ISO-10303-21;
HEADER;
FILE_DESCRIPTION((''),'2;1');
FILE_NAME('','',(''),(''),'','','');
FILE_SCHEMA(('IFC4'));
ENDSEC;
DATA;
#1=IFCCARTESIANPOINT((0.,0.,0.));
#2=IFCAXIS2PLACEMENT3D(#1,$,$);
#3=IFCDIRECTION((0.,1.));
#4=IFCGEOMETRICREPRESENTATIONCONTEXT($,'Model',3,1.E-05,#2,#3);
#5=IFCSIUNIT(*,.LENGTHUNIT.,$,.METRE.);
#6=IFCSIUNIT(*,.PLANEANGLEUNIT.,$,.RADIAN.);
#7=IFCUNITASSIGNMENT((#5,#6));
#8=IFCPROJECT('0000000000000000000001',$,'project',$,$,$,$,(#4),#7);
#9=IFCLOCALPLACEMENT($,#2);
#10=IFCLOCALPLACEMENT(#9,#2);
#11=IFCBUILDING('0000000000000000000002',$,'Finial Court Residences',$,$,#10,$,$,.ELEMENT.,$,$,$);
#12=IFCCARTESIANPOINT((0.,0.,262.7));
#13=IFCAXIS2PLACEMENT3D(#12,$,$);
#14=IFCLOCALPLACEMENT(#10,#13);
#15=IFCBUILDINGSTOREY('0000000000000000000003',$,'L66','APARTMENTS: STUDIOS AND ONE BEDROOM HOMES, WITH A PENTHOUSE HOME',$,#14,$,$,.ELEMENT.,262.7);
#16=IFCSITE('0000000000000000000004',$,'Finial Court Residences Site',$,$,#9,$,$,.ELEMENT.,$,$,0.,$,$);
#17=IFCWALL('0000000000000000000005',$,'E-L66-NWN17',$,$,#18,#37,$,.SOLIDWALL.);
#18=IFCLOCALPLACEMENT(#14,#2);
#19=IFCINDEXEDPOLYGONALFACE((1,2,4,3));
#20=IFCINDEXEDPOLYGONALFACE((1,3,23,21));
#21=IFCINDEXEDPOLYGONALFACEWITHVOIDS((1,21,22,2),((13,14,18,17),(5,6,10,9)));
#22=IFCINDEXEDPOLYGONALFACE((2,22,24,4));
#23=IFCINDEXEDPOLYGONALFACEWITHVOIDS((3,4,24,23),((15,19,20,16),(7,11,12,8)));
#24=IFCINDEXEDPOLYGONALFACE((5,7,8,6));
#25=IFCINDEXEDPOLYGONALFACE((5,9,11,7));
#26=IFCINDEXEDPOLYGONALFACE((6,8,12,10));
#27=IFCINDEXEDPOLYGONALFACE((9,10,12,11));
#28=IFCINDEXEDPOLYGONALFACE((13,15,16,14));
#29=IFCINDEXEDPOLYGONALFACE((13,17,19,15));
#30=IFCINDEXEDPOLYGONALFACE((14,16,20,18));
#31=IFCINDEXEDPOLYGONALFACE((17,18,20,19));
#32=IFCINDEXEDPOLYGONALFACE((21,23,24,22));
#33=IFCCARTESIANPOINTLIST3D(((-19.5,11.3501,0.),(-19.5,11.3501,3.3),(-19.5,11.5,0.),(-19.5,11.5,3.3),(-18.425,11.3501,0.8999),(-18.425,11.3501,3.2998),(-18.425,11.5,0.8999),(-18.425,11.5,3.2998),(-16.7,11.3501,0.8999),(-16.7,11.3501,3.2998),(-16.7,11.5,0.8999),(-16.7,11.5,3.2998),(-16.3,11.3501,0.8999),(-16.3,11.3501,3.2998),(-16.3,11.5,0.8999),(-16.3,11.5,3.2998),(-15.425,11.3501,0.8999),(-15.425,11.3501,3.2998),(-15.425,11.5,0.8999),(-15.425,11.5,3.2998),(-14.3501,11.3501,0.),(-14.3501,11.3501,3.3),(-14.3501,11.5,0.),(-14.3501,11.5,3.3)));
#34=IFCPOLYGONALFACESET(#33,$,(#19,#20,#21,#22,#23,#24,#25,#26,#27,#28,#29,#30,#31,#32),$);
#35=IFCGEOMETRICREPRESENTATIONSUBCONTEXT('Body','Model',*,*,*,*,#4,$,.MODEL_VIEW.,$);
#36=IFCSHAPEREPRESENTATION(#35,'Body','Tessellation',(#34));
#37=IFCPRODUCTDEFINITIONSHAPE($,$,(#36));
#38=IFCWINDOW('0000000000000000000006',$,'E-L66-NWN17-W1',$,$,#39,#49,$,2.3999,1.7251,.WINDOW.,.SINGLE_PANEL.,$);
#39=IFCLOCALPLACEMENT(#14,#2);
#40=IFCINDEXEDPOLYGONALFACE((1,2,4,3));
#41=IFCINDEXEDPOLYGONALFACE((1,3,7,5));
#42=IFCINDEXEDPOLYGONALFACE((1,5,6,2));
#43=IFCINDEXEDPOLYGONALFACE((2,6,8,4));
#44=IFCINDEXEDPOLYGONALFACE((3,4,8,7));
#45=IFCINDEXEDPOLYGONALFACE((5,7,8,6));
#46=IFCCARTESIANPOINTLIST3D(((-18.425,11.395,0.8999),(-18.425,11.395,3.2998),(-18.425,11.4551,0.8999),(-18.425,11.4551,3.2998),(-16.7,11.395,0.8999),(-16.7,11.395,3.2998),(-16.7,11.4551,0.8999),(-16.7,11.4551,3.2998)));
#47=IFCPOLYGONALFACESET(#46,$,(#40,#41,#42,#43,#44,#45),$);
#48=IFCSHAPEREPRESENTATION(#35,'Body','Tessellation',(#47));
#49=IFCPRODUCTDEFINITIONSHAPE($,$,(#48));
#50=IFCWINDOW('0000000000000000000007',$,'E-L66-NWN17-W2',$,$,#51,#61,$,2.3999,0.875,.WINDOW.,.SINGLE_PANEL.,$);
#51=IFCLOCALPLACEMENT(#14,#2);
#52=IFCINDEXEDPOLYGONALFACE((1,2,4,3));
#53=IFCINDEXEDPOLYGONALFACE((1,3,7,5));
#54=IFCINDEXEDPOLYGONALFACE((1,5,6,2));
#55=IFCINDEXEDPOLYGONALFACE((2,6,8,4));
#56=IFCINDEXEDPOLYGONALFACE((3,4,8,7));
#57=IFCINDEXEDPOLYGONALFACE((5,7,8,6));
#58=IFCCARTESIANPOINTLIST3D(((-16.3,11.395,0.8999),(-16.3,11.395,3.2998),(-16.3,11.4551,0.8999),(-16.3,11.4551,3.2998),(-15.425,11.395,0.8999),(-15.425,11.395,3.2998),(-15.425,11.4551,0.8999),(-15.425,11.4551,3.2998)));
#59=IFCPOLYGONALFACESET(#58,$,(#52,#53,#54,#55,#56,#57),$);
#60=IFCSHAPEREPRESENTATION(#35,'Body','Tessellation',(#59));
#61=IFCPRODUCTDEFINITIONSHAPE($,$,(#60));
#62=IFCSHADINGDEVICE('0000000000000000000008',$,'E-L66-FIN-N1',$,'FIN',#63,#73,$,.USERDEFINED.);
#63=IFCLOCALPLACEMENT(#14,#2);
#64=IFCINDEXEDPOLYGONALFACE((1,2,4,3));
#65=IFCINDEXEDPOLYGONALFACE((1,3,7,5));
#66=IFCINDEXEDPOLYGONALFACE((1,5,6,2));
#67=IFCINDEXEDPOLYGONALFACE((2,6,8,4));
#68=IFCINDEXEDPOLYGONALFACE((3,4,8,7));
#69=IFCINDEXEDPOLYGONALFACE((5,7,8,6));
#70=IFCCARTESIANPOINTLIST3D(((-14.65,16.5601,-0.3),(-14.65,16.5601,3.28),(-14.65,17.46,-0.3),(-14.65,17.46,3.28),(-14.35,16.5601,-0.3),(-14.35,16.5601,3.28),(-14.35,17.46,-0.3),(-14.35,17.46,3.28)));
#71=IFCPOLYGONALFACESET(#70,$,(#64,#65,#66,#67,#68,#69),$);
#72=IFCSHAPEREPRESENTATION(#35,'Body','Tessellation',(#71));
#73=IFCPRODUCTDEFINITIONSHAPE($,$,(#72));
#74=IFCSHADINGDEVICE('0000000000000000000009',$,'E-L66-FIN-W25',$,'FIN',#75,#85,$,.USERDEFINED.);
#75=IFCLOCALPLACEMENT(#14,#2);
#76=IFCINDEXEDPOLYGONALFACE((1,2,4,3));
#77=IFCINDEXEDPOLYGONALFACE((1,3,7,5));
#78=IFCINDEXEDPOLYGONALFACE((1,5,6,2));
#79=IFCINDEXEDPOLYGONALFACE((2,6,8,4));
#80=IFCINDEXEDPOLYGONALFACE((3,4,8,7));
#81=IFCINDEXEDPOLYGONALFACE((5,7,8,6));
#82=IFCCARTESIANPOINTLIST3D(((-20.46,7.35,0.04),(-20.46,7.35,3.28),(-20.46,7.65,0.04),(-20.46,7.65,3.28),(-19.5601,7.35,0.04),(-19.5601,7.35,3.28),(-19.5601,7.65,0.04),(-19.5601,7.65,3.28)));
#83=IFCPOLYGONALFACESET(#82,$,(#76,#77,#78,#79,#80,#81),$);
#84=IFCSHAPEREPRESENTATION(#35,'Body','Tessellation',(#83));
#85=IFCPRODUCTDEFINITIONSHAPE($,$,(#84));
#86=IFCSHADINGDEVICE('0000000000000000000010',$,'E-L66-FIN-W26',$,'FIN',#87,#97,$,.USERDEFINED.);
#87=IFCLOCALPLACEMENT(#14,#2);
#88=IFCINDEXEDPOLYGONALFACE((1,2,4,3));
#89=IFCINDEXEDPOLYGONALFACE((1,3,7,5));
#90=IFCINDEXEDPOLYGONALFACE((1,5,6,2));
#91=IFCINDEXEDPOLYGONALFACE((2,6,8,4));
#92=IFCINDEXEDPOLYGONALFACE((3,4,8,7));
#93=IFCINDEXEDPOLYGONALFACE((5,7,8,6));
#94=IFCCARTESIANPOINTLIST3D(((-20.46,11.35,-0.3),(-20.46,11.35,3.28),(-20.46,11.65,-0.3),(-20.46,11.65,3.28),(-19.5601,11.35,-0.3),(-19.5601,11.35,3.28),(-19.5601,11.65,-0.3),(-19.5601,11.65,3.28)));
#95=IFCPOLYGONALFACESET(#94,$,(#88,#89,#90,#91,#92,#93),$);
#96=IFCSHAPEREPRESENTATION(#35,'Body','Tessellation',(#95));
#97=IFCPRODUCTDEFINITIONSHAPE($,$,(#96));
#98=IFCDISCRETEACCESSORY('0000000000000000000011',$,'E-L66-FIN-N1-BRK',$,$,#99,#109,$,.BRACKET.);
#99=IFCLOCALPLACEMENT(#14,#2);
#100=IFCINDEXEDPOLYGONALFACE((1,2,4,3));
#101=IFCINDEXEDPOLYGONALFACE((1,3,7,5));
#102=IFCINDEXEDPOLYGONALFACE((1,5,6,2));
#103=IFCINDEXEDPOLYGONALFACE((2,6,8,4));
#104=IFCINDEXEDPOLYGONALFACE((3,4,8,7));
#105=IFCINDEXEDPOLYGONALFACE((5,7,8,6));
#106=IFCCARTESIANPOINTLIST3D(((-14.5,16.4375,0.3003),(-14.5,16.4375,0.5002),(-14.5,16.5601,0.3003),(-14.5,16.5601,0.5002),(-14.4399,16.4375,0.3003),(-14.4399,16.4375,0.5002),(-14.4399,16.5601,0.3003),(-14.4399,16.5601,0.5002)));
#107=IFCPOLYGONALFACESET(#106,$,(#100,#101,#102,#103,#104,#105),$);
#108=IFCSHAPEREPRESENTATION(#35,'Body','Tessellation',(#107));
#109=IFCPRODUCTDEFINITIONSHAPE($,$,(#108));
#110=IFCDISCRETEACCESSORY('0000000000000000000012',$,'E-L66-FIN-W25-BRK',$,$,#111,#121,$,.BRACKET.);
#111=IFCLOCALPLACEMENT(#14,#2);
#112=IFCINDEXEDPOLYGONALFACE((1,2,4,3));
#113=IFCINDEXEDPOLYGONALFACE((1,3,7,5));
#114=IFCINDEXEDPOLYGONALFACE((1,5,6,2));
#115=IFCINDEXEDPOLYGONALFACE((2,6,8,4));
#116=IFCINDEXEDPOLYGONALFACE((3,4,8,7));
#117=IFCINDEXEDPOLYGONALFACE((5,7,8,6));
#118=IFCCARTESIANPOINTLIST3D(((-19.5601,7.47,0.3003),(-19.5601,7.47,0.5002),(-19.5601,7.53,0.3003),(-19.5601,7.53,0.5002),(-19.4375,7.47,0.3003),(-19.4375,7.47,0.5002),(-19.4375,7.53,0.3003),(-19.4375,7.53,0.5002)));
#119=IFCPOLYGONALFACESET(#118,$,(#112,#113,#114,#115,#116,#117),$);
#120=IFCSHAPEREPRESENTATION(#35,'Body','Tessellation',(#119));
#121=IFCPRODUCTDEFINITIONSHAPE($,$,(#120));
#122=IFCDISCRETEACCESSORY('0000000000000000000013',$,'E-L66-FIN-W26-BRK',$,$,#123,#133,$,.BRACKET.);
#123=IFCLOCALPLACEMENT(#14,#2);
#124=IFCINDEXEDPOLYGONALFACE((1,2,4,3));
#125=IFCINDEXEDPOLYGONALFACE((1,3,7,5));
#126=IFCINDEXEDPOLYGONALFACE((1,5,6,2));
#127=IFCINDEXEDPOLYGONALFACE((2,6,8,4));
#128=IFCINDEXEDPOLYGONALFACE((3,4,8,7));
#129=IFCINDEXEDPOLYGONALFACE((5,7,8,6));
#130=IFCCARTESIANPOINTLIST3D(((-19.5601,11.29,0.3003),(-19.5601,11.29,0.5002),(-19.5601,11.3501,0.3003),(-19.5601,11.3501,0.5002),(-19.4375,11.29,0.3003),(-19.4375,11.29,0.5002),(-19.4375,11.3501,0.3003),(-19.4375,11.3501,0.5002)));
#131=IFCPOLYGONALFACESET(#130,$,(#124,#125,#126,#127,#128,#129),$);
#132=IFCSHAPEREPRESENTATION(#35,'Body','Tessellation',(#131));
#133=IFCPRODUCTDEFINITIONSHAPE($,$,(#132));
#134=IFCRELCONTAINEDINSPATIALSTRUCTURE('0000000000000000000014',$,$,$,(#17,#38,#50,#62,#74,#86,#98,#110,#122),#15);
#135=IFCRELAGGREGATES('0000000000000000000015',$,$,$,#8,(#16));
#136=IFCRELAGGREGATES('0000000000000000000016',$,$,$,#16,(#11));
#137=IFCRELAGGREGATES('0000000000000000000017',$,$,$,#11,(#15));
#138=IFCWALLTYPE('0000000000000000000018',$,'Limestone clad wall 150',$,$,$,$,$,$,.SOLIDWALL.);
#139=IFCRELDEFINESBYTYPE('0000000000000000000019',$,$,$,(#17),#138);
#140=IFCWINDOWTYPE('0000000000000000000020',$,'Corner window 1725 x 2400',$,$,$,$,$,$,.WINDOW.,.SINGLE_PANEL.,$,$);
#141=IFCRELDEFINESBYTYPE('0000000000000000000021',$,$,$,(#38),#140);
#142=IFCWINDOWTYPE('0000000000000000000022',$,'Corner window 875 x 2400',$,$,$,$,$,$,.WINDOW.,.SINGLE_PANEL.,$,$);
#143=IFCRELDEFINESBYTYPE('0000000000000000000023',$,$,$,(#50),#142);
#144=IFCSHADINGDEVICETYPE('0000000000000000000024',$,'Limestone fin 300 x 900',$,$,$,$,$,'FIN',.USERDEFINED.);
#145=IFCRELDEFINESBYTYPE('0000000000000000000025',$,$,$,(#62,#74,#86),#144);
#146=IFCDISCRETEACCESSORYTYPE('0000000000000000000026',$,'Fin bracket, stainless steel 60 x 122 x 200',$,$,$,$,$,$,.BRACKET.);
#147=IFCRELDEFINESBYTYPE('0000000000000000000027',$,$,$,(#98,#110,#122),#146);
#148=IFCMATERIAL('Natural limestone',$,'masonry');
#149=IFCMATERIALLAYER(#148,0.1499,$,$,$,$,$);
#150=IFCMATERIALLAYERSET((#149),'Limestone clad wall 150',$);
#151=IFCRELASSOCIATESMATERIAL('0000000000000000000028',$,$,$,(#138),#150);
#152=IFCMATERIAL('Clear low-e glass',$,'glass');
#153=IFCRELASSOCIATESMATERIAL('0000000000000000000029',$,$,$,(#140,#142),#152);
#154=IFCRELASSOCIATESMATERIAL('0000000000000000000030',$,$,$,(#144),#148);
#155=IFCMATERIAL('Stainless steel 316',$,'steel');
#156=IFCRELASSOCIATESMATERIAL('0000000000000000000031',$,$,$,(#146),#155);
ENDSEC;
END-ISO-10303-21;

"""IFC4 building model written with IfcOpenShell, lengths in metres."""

from ifc_helpers import new_model, si_unit, direction, frame, frame_2d, origin, origin_2d, place, context, subcontext, project, spatial, rectangle, extrude, material, layer, layer_set, type_object, element, fill, save


model = new_model("IFC4")

# Units and contexts
model_context = context("Model", 3, precision=1e-05, world=origin(), true_north=direction((0.0, 1.0)))
body_context = subcontext(model_context, "Body", "Model", "MODEL_VIEW")
ifc_project = project(units=[si_unit("LENGTHUNIT", "METRE"), si_unit("PLANEANGLEUNIT", "RADIAN")], contexts=[model_context])

# Site, building, storey
site_placement = place(None, origin())
site = spatial("IfcSite", under=ifc_project, at=site_placement, Name="Finial Court Residences Site", CompositionType="ELEMENT", RefElevation=0.0)
building_placement = place(site_placement, origin())
building = spatial("IfcBuilding", under=site, at=building_placement, Name="Finial Court Residences", CompositionType="ELEMENT")
storey_placement = place(building_placement, frame((0.0, 0.0, 262.7)))
storey = spatial("IfcBuildingStorey", under=building, at=storey_placement, Name="L66", Description="APARTMENTS: STUDIOS AND ONE BEDROOM HOMES, WITH A PENTHOUSE HOME", CompositionType="ELEMENT", Elevation=262.7)

# Shared definitions
ifc_material_1 = material(Name="Clear low-e glass", Category="glass")

# Shared definitions
ifc_material_2 = material(Name="Natural limestone", Category="masonry")
ifc_layer_1 = layer(ifc_material_2, 0.1499)
ifc_layer_set_1 = layer_set([ifc_layer_1], Name="Limestone clad wall 150")
wall_type_1 = type_object("IfcWallType", Name="Limestone clad wall 150", PredefinedType="SOLIDWALL", material=ifc_layer_set_1)

# Wall, openings, windows
wall_1_placement = place(storey_placement, frame((-19.5, 11.425, 0.0), z_axis=(0.0, 0.0, 1.0), x_axis=(1.0, 0.0, 0.0)))
wall_1 = element("IfcWall", 1, at=wall_1_placement, inside=storey, type_object=wall_type_1, Name="E-L66-NWN17", PredefinedType="SOLIDWALL", context=body_context, shape_type="SweptSolid", body=[
    extrude(rectangle(XDim=5.1499, YDim=0.1499, at=frame_2d((2.575, 0.0))), origin(), (0.0, 0.0, 1.0), 3.3),
])
opening_1_placement = place(wall_1_placement, frame((1.075, 0.0, 0.8999)))
opening_1 = element("IfcOpeningElement", 2, at=opening_1_placement, cuts=wall_1, PredefinedType="OPENING", context=body_context, shape_type="SweptSolid", body=[
    extrude(rectangle(XDim=1.7251, YDim=2.3999, at=frame_2d((0.8625, 1.2))), frame((0.0, 0.085, 0.0), z_axis=(0.0, -1.0, 0.0), x_axis=(1.0, 0.0, 0.0)), (0.0, 0.0, 1.0), 0.1699),
])
opening_2_placement = place(wall_1_placement, frame((3.2, 0.0, 0.8999)))
opening_2 = element("IfcOpeningElement", 3, at=opening_2_placement, cuts=wall_1, PredefinedType="OPENING", context=body_context, shape_type="SweptSolid", body=[
    extrude(rectangle(XDim=0.875, YDim=2.3999, at=frame_2d((0.4375, 1.2))), frame((0.0, 0.085, 0.0), z_axis=(0.0, -1.0, 0.0), x_axis=(1.0, 0.0, 0.0)), (0.0, 0.0, 1.0), 0.1699),
])
window_type_1 = type_object("IfcWindowType", Name="Corner window 1725 x 2400", PartitioningType="SINGLE_PANEL", PredefinedType="WINDOW", material=ifc_material_1)
window_1_placement = place(opening_1_placement, origin())
window_1 = element("IfcWindow", 4, at=window_1_placement, inside=storey, type_object=window_type_1, Name="E-L66-NWN17-W1", OverallHeight=2.3999, OverallWidth=1.7251, PartitioningType="SINGLE_PANEL", PredefinedType="WINDOW", context=body_context, shape_type="SweptSolid", body=[
    extrude(rectangle(XDim=1.7251, YDim=2.3999, at=frame_2d((0.8625, 1.2))), frame((0.0, 0.03, 0.0), z_axis=(0.0, -1.0, 0.0), x_axis=(1.0, 0.0, 0.0)), (0.0, 0.0, 1.0), 0.0601),
])
fill(opening_1, window_1)
window_type_2 = type_object("IfcWindowType", Name="Corner window 875 x 2400", PartitioningType="SINGLE_PANEL", PredefinedType="WINDOW", material=ifc_material_1)
window_2_placement = place(opening_2_placement, origin())
window_2 = element("IfcWindow", 5, at=window_2_placement, inside=storey, type_object=window_type_2, Name="E-L66-NWN17-W2", OverallHeight=2.3999, OverallWidth=0.875, PartitioningType="SINGLE_PANEL", PredefinedType="WINDOW", context=body_context, shape_type="SweptSolid", body=[
    extrude(rectangle(XDim=0.875, YDim=2.3999, at=frame_2d((0.4375, 1.2))), frame((0.0, 0.03, 0.0), z_axis=(0.0, -1.0, 0.0), x_axis=(1.0, 0.0, 0.0)), (0.0, 0.0, 1.0), 0.0601),
])
fill(opening_2, window_2)

# Shading devices
shading_device_type = type_object("IfcShadingDeviceType", Name="Limestone fin 300 x 900", ElementType="FIN", PredefinedType="USERDEFINED", material=ifc_material_2)
shading_device_1_placement = place(storey_placement, frame((-14.5, 17.01, -0.3), z_axis=(0.0, 0.0, 1.0), x_axis=(1.0, 0.0, 0.0)))
element("IfcShadingDevice", 6, at=shading_device_1_placement, inside=storey, type_object=shading_device_type, Name="E-L66-FIN-N1", ObjectType="FIN", PredefinedType="USERDEFINED", context=body_context, shape_type="SweptSolid", body=[
    extrude(rectangle(XDim=0.3, YDim=0.8999, at=origin_2d()), origin(), (0.0, 0.0, 1.0), 3.5801),
])
shading_device_2_placement = place(storey_placement, frame((-20.01, 7.5, 0.04), z_axis=(0.0, 0.0, 1.0), x_axis=(1.0, 0.0, 0.0)))
element("IfcShadingDevice", 7, at=shading_device_2_placement, inside=storey, type_object=shading_device_type, Name="E-L66-FIN-W25", ObjectType="FIN", PredefinedType="USERDEFINED", context=body_context, shape_type="SweptSolid", body=[
    extrude(rectangle(XDim=0.8999, YDim=0.3, at=origin_2d()), origin(), (0.0, 0.0, 1.0), 3.24),
])
shading_device_3_placement = place(storey_placement, frame((-20.01, 11.5, -0.3), z_axis=(0.0, 0.0, 1.0), x_axis=(1.0, 0.0, 0.0)))
element("IfcShadingDevice", 8, at=shading_device_3_placement, inside=storey, type_object=shading_device_type, Name="E-L66-FIN-W26", ObjectType="FIN", PredefinedType="USERDEFINED", context=body_context, shape_type="SweptSolid", body=[
    extrude(rectangle(XDim=0.8999, YDim=0.3, at=origin_2d()), origin(), (0.0, 0.0, 1.0), 3.5801),
])

# Discrete accessories
ifc_material_3 = material(Name="Stainless steel 316", Category="steel")
discrete_accessory_type = type_object("IfcDiscreteAccessoryType", Name="Fin bracket, stainless steel 60 x 122 x 200", PredefinedType="BRACKET", material=ifc_material_3)
discrete_accessory_placement = place(storey_placement, frame((-14.47, 16.4988, 0.3003), z_axis=(0.0, 0.0, 1.0), x_axis=(1.0, 0.0, 0.0)))
element("IfcDiscreteAccessory", 9, at=discrete_accessory_placement, inside=storey, type_object=discrete_accessory_type, Name="E-L66-FIN-N1-BRK", PredefinedType="BRACKET", context=body_context, shape_type="SweptSolid", body=[
    extrude(rectangle(XDim=0.0601, YDim=0.1226, at=origin_2d()), origin(), (0.0, 0.0, 1.0), 0.2),
])
for number, where, z_axis, x_axis, name in (
    (10, (-19.4988, 7.5, 0.3003), (0.0, 0.0, 1.0), (1.0, 0.0, 0.0), "E-L66-FIN-W25-BRK"),
    (11, (-19.4988, 11.3201, 0.3003), (0.0, 0.0, 1.0), (1.0, 0.0, 0.0), "E-L66-FIN-W26-BRK"),
):
    element("IfcDiscreteAccessory", number, at=place(storey_placement, frame(where, z_axis=z_axis, x_axis=x_axis)), inside=storey, type_object=discrete_accessory_type, Name=name, PredefinedType="BRACKET", context=body_context, shape_type="SweptSolid", body=[
        extrude(rectangle(XDim=0.1226, YDim=0.0601, at=origin_2d()), origin(), (0.0, 0.0, 1.0), 0.2),
    ])

save(model, "model.ifc")
